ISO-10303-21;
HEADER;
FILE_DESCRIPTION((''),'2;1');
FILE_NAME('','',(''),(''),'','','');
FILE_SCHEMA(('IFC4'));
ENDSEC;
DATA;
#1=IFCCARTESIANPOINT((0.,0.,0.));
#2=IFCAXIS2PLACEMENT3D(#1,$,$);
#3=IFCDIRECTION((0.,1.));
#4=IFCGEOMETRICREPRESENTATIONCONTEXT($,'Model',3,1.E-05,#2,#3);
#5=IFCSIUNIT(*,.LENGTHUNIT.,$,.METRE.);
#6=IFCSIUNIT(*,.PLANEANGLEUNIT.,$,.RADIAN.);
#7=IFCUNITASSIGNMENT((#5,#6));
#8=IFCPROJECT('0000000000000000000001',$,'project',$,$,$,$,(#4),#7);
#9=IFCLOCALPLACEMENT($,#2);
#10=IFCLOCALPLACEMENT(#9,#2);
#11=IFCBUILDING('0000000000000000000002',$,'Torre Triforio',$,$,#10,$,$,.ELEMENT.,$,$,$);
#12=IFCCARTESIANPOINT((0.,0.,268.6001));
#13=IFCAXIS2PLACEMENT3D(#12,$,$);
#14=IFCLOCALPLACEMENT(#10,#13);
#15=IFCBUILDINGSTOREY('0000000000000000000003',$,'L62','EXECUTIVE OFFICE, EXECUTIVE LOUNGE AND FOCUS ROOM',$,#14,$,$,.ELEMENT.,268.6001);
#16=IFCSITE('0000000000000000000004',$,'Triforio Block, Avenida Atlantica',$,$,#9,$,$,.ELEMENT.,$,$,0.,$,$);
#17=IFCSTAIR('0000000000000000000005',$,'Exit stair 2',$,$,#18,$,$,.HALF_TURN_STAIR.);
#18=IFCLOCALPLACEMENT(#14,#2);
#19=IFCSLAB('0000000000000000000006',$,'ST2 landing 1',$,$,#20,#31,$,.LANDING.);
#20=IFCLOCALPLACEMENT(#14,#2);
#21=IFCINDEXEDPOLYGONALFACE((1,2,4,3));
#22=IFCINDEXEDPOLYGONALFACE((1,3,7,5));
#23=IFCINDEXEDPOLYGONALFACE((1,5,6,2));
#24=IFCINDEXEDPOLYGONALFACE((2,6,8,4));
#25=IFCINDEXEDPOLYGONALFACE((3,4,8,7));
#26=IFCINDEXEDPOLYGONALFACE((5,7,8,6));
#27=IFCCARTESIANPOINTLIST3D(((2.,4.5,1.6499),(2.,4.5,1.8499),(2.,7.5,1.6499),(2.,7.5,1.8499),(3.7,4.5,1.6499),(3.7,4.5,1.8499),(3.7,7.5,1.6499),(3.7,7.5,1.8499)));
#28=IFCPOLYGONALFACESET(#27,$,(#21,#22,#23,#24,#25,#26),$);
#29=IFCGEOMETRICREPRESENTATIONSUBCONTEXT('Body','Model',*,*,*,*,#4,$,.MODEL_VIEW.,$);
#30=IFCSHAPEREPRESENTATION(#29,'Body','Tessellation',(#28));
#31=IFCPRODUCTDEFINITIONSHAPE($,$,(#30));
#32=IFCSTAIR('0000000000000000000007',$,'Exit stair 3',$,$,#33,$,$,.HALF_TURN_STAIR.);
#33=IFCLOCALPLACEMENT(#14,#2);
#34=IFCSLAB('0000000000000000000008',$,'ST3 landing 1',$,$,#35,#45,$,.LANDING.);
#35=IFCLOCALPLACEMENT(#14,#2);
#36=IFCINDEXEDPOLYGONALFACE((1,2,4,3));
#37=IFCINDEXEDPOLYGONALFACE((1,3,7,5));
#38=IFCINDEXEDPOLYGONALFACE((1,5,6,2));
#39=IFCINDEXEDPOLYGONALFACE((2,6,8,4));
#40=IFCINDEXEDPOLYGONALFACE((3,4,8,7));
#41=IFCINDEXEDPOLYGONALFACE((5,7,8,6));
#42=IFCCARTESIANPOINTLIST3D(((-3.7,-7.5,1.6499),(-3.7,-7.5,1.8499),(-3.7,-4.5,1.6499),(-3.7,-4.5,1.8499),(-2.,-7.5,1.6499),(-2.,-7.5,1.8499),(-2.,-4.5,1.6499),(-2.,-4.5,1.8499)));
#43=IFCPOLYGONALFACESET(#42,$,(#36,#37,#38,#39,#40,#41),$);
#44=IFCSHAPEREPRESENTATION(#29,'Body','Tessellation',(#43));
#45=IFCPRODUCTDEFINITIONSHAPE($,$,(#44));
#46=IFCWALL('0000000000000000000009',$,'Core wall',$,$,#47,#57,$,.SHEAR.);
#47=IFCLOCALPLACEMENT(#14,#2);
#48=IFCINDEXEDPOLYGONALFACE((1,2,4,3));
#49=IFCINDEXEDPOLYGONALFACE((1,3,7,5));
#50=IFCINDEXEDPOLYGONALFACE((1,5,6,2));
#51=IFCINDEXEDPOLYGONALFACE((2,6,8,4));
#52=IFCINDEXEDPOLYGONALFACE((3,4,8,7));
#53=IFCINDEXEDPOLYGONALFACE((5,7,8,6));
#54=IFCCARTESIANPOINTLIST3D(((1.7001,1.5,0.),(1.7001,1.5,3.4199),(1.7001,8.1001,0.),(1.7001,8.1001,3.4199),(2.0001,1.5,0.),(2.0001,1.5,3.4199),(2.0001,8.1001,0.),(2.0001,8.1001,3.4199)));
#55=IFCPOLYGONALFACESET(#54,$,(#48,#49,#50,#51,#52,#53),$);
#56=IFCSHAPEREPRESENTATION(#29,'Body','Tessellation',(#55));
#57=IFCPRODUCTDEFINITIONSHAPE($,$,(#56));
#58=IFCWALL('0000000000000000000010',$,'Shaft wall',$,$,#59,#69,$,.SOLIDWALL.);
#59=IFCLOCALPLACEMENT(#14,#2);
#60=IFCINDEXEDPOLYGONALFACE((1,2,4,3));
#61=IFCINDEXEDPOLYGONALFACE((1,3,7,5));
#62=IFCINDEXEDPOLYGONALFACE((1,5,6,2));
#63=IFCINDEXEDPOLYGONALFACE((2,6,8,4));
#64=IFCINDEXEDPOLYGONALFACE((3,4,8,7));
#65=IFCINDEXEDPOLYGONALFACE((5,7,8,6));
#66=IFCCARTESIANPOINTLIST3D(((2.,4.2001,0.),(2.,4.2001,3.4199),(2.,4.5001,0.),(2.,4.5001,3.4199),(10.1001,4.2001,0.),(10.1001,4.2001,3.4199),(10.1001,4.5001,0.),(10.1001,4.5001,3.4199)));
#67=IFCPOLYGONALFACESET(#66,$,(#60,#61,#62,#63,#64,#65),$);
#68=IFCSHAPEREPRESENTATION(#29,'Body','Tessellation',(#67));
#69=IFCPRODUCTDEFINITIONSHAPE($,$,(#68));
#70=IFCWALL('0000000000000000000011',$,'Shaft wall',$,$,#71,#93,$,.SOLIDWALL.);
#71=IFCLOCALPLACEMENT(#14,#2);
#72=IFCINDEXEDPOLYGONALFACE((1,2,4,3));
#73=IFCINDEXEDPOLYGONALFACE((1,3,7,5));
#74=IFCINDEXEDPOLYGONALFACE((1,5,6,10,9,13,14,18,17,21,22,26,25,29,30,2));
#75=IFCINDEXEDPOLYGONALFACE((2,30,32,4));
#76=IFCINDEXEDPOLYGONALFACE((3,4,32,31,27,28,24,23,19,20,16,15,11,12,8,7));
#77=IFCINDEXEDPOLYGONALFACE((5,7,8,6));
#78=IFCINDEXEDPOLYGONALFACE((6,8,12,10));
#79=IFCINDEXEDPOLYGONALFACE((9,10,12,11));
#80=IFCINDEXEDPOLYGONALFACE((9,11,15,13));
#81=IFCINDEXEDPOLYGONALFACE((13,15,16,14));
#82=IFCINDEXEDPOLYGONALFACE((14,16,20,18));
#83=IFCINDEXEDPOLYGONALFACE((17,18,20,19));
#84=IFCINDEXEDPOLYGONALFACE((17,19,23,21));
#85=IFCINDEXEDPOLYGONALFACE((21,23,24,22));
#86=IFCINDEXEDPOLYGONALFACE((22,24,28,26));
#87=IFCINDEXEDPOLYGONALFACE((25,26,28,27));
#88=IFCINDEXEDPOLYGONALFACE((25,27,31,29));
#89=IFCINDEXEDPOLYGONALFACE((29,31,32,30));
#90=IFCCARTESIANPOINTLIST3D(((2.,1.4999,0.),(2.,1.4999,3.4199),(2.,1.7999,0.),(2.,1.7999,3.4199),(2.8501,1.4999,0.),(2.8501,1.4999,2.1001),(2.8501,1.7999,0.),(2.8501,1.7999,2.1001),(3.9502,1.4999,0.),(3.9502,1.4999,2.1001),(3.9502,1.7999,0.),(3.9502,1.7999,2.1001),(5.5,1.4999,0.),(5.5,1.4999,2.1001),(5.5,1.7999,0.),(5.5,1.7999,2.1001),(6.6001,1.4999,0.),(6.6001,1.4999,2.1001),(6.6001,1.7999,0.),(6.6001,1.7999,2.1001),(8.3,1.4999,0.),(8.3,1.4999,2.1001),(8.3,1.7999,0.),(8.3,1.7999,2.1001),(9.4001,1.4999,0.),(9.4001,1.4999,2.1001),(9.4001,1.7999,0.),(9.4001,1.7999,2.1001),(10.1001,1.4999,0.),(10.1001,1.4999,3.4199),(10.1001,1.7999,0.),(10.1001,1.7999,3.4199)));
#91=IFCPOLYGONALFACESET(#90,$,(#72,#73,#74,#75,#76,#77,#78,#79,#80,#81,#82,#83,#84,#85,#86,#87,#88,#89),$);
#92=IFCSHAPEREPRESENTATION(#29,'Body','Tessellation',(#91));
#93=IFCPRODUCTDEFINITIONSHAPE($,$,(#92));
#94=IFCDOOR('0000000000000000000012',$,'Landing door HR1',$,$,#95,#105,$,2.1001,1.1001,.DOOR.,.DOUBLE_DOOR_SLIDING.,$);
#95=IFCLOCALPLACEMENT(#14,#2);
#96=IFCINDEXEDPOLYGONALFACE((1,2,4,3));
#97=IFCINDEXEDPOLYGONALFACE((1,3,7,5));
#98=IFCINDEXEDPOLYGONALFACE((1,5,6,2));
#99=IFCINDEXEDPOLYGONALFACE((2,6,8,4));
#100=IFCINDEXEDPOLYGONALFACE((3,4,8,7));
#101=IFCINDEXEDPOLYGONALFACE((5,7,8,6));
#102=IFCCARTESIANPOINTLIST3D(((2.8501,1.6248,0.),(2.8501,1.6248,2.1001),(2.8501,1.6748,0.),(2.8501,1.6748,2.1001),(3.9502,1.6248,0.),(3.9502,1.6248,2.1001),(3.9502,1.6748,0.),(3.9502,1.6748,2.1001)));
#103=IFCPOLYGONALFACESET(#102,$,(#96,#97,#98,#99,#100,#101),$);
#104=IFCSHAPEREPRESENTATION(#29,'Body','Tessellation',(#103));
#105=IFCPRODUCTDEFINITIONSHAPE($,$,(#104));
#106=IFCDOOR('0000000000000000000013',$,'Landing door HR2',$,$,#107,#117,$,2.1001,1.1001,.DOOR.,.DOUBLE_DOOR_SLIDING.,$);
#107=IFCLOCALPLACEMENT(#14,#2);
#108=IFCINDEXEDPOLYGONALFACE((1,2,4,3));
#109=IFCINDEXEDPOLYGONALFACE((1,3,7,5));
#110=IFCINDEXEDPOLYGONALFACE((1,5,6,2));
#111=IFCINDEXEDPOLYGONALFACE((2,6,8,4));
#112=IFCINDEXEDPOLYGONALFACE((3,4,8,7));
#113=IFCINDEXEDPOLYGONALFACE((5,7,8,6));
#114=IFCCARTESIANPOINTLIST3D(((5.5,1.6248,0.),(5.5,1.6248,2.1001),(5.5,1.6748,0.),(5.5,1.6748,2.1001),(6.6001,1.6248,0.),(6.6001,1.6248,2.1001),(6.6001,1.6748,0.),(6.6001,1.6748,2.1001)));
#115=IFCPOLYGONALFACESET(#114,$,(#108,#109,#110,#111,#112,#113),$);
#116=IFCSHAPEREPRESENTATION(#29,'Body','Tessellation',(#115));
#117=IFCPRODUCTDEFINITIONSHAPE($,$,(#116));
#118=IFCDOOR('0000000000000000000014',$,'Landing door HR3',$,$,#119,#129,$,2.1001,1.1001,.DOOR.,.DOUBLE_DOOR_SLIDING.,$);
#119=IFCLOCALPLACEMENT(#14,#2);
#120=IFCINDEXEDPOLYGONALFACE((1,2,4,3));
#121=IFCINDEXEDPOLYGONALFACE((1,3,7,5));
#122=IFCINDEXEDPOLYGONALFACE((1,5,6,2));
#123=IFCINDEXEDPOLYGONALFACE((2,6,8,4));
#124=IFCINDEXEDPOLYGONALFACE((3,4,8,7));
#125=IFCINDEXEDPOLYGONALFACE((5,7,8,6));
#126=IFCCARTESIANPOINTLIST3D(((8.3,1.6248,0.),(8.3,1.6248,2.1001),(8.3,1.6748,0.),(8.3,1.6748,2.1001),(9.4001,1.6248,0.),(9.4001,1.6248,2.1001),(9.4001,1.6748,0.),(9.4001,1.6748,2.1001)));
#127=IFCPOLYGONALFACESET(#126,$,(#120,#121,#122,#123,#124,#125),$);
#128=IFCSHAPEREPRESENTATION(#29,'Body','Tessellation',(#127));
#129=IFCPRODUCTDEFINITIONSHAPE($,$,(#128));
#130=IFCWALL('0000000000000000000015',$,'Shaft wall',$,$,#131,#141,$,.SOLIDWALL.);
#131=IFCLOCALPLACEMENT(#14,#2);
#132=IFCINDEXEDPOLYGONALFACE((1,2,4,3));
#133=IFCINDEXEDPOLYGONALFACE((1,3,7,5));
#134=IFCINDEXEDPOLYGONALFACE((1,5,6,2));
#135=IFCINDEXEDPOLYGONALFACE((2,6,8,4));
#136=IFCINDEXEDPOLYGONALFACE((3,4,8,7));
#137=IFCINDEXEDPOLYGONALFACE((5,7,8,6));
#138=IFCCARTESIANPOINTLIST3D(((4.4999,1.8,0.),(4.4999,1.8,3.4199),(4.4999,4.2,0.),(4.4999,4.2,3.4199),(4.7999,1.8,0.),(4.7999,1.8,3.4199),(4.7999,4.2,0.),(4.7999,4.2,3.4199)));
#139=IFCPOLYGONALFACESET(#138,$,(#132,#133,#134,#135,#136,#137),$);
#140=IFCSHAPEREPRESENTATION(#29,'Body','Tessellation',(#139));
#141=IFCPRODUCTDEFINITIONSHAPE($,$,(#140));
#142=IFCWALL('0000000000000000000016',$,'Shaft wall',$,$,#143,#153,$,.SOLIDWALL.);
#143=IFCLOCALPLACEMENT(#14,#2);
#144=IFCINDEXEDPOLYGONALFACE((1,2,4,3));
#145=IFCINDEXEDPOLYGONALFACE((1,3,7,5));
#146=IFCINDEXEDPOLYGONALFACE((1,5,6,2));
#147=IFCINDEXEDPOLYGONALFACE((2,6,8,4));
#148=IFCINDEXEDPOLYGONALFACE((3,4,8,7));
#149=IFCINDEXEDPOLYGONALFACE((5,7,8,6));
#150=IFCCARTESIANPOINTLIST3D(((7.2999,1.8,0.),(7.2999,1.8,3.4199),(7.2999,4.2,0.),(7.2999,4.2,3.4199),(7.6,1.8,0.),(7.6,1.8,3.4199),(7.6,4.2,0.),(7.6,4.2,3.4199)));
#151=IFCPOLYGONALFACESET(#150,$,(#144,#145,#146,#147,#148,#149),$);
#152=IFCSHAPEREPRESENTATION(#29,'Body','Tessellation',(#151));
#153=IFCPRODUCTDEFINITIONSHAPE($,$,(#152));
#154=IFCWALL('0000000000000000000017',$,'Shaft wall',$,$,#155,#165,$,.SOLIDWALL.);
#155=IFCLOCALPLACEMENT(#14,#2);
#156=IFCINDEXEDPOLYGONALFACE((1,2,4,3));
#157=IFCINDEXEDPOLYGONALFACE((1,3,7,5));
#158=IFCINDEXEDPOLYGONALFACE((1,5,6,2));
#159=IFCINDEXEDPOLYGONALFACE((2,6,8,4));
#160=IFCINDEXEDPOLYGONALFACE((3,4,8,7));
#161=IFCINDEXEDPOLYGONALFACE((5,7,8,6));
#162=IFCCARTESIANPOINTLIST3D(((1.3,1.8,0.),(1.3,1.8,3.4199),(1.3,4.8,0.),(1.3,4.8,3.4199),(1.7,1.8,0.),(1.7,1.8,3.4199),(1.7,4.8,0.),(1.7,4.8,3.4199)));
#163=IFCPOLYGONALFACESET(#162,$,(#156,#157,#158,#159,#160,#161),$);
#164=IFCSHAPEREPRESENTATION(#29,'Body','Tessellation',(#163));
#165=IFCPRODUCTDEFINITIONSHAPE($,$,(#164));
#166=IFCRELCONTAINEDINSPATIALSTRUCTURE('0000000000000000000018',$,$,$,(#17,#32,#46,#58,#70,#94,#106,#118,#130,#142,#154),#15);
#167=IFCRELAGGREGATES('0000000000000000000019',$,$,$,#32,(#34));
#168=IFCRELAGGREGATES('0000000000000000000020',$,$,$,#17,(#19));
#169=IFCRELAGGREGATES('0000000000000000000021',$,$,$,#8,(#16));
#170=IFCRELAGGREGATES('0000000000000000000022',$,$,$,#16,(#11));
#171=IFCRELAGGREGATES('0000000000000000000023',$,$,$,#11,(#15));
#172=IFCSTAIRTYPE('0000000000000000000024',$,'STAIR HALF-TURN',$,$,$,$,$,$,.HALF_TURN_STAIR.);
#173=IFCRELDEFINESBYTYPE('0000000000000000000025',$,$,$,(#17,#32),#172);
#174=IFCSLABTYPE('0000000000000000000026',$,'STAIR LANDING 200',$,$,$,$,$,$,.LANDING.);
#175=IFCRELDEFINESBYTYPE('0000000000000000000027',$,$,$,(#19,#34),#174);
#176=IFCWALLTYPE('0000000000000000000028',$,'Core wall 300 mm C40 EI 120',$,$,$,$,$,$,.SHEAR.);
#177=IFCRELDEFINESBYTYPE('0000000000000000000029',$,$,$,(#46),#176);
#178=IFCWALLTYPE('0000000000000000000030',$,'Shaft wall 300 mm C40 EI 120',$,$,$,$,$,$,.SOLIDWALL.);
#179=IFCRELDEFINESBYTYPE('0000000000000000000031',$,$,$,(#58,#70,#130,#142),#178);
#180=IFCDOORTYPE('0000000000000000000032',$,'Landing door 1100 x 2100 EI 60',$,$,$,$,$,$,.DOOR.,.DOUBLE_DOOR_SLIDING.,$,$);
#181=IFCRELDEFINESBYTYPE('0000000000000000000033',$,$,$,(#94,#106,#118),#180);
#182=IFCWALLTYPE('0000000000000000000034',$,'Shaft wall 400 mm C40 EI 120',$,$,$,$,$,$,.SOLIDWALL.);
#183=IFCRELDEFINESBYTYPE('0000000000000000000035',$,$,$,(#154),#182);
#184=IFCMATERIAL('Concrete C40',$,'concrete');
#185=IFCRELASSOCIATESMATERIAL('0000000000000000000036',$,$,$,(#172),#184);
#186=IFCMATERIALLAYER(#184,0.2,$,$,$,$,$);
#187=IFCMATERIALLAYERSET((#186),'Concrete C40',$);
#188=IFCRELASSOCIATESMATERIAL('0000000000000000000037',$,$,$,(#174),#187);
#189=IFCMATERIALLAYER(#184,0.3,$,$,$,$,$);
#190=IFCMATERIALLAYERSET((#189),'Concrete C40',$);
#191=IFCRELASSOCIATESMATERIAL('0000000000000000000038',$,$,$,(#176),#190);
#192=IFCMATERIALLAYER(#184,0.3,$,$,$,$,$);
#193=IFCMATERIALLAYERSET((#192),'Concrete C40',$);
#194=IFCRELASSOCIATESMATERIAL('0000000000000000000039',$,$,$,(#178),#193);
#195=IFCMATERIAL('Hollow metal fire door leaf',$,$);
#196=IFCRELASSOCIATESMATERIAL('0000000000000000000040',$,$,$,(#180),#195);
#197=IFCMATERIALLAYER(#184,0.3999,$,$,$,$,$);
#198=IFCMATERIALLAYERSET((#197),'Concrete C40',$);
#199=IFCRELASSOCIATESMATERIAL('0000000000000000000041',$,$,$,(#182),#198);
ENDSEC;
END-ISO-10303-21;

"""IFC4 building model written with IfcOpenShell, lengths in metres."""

from ifc_helpers import new_model, si_unit, direction, frame, frame_2d, origin, place, context, subcontext, project, spatial, polyline, rectangle, outline, extrude, material, layer, layer_set, type_object, element, fill, aggregate, save


model = new_model("IFC4")

# Units and contexts
model_context = context("Model", 3, precision=1e-05, world=origin(), true_north=direction((0.0, 1.0)))
body_context = subcontext(model_context, "Body", "Model", "MODEL_VIEW")
ifc_project = project(units=[si_unit("LENGTHUNIT", "METRE"), si_unit("PLANEANGLEUNIT", "RADIAN")], contexts=[model_context])

# Site, building, storey
site_placement = place(None, origin())
site = spatial("IfcSite", under=ifc_project, at=site_placement, Name="Triforio Block, Avenida Atlantica", CompositionType="ELEMENT", RefElevation=0.0)
building_placement = place(site_placement, origin())
building = spatial("IfcBuilding", under=site, at=building_placement, Name="Torre Triforio", CompositionType="ELEMENT")
storey_placement = place(building_placement, frame((0.0, 0.0, 268.6001)))
storey = spatial("IfcBuildingStorey", under=building, at=storey_placement, Name="L62", Description="EXECUTIVE OFFICE, EXECUTIVE LOUNGE AND FOCUS ROOM", CompositionType="ELEMENT", Elevation=268.6001)

# Stairs, slabs
ifc_material_1 = material(Name="Concrete C40", Category="concrete")
stair_type = type_object("IfcStairType", Name="STAIR HALF-TURN", PredefinedType="HALF_TURN_STAIR", material=ifc_material_1)
stair_1_placement = place(storey_placement, origin())
stair_1 = element("IfcStair", 1, at=stair_1_placement, inside=storey, type_object=stair_type, Name="Exit stair 2", PredefinedType="HALF_TURN_STAIR")
ifc_layer_1 = layer(ifc_material_1, 0.2)
ifc_layer_set_1 = layer_set([ifc_layer_1], Name="Concrete C40")
slab_type = type_object("IfcSlabType", Name="STAIR LANDING 200", PredefinedType="LANDING", material=ifc_layer_set_1)
slab_1_placement = place(storey_placement, frame((0.0, 0.0, 1.6499)))
slab_1 = element("IfcSlab", 2, at=slab_1_placement, type_object=slab_type, Name="ST2 landing 1", PredefinedType="LANDING", context=body_context, shape_type="SweptSolid", body=[
    extrude(outline(polyline([(3.7, 4.5), (3.7, 7.5), (2.0, 7.5), (2.0, 4.5), (3.7, 4.5)])), origin(), (0.0, 0.0, 1.0), 0.2),
])
stair_2_placement = place(storey_placement, origin())
stair_2 = element("IfcStair", 3, at=stair_2_placement, inside=storey, type_object=stair_type, Name="Exit stair 3", PredefinedType="HALF_TURN_STAIR")
slab_2_placement = place(storey_placement, frame((0.0, 0.0, 1.6499)))
slab_2 = element("IfcSlab", 4, at=slab_2_placement, type_object=slab_type, Name="ST3 landing 1", PredefinedType="LANDING", context=body_context, shape_type="SweptSolid", body=[
    extrude(outline(polyline([(-2.0, -7.5), (-2.0, -4.5), (-3.7, -4.5), (-3.7, -7.5), (-2.0, -7.5)])), origin(), (0.0, 0.0, 1.0), 0.2),
])
aggregate(stair_2, [slab_2])

# Walls
ifc_layer_2 = layer(ifc_material_1, 0.3)
ifc_layer_set_2 = layer_set([ifc_layer_2], Name="Concrete C40")
wall_type_1 = type_object("IfcWallType", Name="Core wall 300 mm C40 EI 120", PredefinedType="SHEAR", material=ifc_layer_set_2)
wall_1_placement = place(storey_placement, frame((1.8501, 1.5, 0.0), z_axis=(0.0, 0.0, 1.0), x_axis=(0.0, 1.0, 0.0)))
element("IfcWall", 5, at=wall_1_placement, inside=storey, type_object=wall_type_1, Name="Core wall", PredefinedType="SHEAR", context=body_context, shape_type="SweptSolid", body=[
    extrude(rectangle(XDim=6.6001, YDim=0.3, at=frame_2d((3.3, 0.0))), origin(), (0.0, 0.0, 1.0), 3.4199),
])
ifc_layer_3 = layer(ifc_material_1, 0.3)
ifc_layer_set_3 = layer_set([ifc_layer_3], Name="Concrete C40")
wall_type_2 = type_object("IfcWallType", Name="Shaft wall 300 mm C40 EI 120", PredefinedType="SOLIDWALL", material=ifc_layer_set_3)
wall_2_placement = place(storey_placement, frame((2.0, 4.3501, 0.0), z_axis=(0.0, 0.0, 1.0), x_axis=(1.0, 0.0, 0.0)))
element("IfcWall", 6, at=wall_2_placement, inside=storey, type_object=wall_type_2, Name="Shaft wall", PredefinedType="SOLIDWALL", context=body_context, shape_type="SweptSolid", body=[
    extrude(rectangle(XDim=8.1001, YDim=0.3, at=frame_2d((4.05, 0.0))), origin(), (0.0, 0.0, 1.0), 3.4199),
])

# Wall, openings, doors
wall_3_placement = place(storey_placement, frame((2.0, 1.6499, 0.0), z_axis=(0.0, 0.0, 1.0), x_axis=(1.0, 0.0, 0.0)))
wall_3 = element("IfcWall", 7, at=wall_3_placement, inside=storey, type_object=wall_type_2, Name="Shaft wall", PredefinedType="SOLIDWALL", context=body_context, shape_type="SweptSolid", body=[
    extrude(rectangle(XDim=8.1001, YDim=0.3, at=frame_2d((4.05, 0.0))), origin(), (0.0, 0.0, 1.0), 3.4199),
])
opening_1_placement = place(wall_3_placement, frame((0.8501, 0.0, 0.0)))
opening_1 = element("IfcOpeningElement", 8, at=opening_1_placement, cuts=wall_3, PredefinedType="OPENING", context=body_context, shape_type="SweptSolid", body=[
    extrude(rectangle(XDim=1.1001, YDim=2.1001, at=frame_2d((0.55, 1.05))), frame((0.0, 0.1599, 0.0), z_axis=(0.0, -1.0, 0.0), x_axis=(1.0, 0.0, 0.0)), (0.0, 0.0, 1.0), 0.3201),
])
opening_2_placement = place(wall_3_placement, frame((3.5, 0.0, 0.0)))
opening_2 = element("IfcOpeningElement", 9, at=opening_2_placement, cuts=wall_3, PredefinedType="OPENING", context=body_context, shape_type="SweptSolid", body=[
    extrude(rectangle(XDim=1.1001, YDim=2.1001, at=frame_2d((0.55, 1.05))), frame((0.0, 0.1599, 0.0), z_axis=(0.0, -1.0, 0.0), x_axis=(1.0, 0.0, 0.0)), (0.0, 0.0, 1.0), 0.3201),
])
opening_3_placement = place(wall_3_placement, frame((6.3, 0.0, 0.0)))
opening_3 = element("IfcOpeningElement", 10, at=opening_3_placement, cuts=wall_3, PredefinedType="OPENING", context=body_context, shape_type="SweptSolid", body=[
    extrude(rectangle(XDim=1.1001, YDim=2.1001, at=frame_2d((0.55, 1.05))), frame((0.0, 0.1599, 0.0), z_axis=(0.0, -1.0, 0.0), x_axis=(1.0, 0.0, 0.0)), (0.0, 0.0, 1.0), 0.3201),
])
ifc_material_2 = material(Name="Hollow metal fire door leaf")
door_type_1 = type_object("IfcDoorType", Name="Landing door 1100 x 2100 EI 60", OperationType="DOUBLE_DOOR_SLIDING", PredefinedType="DOOR", material=ifc_material_2)
door_1_placement = place(opening_1_placement, origin())
door_1 = element("IfcDoor", 11, at=door_1_placement, inside=storey, type_object=door_type_1, Name="Landing door HR1", OperationType="DOUBLE_DOOR_SLIDING", OverallHeight=2.1001, OverallWidth=1.1001, PredefinedType="DOOR", context=body_context, shape_type="SweptSolid", body=[
    extrude(rectangle(XDim=1.1001, YDim=2.1001, at=frame_2d((0.55, 1.05))), frame((0.0, 0.0249, 0.0), z_axis=(0.0, -1.0, 0.0), x_axis=(1.0, 0.0, 0.0)), (0.0, 0.0, 1.0), 0.05),
])
fill(opening_1, door_1)
door_2_placement = place(opening_2_placement, origin())
door_2 = element("IfcDoor", 12, at=door_2_placement, inside=storey, type_object=door_type_1, Name="Landing door HR2", OperationType="DOUBLE_DOOR_SLIDING", OverallHeight=2.1001, OverallWidth=1.1001, PredefinedType="DOOR", context=body_context, shape_type="SweptSolid", body=[
    extrude(rectangle(XDim=1.1001, YDim=2.1001, at=frame_2d((0.55, 1.05))), frame((0.0, 0.0249, 0.0), z_axis=(0.0, -1.0, 0.0), x_axis=(1.0, 0.0, 0.0)), (0.0, 0.0, 1.0), 0.05),
])
fill(opening_2, door_2)
door_3_placement = place(opening_3_placement, origin())
door_3 = element("IfcDoor", 13, at=door_3_placement, inside=storey, type_object=door_type_1, Name="Landing door HR3", OperationType="DOUBLE_DOOR_SLIDING", OverallHeight=2.1001, OverallWidth=1.1001, PredefinedType="DOOR", context=body_context, shape_type="SweptSolid", body=[
    extrude(rectangle(XDim=1.1001, YDim=2.1001, at=frame_2d((0.55, 1.05))), frame((0.0, 0.0249, 0.0), z_axis=(0.0, -1.0, 0.0), x_axis=(1.0, 0.0, 0.0)), (0.0, 0.0, 1.0), 0.05),
])
fill(opening_3, door_3)

# Walls
for number, where, z_axis, x_axis, name in (
    (14, (4.6499, 1.8, 0.0), (0.0, 0.0, 1.0), (0.0, 1.0, 0.0), "Shaft wall"),
    (15, (7.45, 1.8, 0.0), (0.0, 0.0, 1.0), (0.0, 1.0, 0.0), "Shaft wall"),
):
    element("IfcWall", number, at=place(storey_placement, frame(where, z_axis=z_axis, x_axis=x_axis)), inside=storey, type_object=wall_type_2, Name=name, PredefinedType="SOLIDWALL", context=body_context, shape_type="SweptSolid", body=[
        extrude(rectangle(XDim=2.3999, YDim=0.3, at=frame_2d((1.2, 0.0))), origin(), (0.0, 0.0, 1.0), 3.4199),
    ])
ifc_layer_4 = layer(ifc_material_1, 0.3999)
ifc_layer_set_4 = layer_set([ifc_layer_4], Name="Concrete C40")
wall_type_3 = type_object("IfcWallType", Name="Shaft wall 400 mm C40 EI 120", PredefinedType="SOLIDWALL", material=ifc_layer_set_4)
wall_4_placement = place(storey_placement, frame((1.5, 1.8, 0.0), z_axis=(0.0, 0.0, 1.0), x_axis=(0.0, 1.0, 0.0)))
element("IfcWall", 16, at=wall_4_placement, inside=storey, type_object=wall_type_3, Name="Shaft wall", PredefinedType="SOLIDWALL", context=body_context, shape_type="SweptSolid", body=[
    extrude(rectangle(XDim=3.0, YDim=0.3999, at=frame_2d((1.5, 0.0))), origin(), (0.0, 0.0, 1.0), 3.4199),
])

aggregate(stair_1, [slab_1])

save(model, "model.ifc")
